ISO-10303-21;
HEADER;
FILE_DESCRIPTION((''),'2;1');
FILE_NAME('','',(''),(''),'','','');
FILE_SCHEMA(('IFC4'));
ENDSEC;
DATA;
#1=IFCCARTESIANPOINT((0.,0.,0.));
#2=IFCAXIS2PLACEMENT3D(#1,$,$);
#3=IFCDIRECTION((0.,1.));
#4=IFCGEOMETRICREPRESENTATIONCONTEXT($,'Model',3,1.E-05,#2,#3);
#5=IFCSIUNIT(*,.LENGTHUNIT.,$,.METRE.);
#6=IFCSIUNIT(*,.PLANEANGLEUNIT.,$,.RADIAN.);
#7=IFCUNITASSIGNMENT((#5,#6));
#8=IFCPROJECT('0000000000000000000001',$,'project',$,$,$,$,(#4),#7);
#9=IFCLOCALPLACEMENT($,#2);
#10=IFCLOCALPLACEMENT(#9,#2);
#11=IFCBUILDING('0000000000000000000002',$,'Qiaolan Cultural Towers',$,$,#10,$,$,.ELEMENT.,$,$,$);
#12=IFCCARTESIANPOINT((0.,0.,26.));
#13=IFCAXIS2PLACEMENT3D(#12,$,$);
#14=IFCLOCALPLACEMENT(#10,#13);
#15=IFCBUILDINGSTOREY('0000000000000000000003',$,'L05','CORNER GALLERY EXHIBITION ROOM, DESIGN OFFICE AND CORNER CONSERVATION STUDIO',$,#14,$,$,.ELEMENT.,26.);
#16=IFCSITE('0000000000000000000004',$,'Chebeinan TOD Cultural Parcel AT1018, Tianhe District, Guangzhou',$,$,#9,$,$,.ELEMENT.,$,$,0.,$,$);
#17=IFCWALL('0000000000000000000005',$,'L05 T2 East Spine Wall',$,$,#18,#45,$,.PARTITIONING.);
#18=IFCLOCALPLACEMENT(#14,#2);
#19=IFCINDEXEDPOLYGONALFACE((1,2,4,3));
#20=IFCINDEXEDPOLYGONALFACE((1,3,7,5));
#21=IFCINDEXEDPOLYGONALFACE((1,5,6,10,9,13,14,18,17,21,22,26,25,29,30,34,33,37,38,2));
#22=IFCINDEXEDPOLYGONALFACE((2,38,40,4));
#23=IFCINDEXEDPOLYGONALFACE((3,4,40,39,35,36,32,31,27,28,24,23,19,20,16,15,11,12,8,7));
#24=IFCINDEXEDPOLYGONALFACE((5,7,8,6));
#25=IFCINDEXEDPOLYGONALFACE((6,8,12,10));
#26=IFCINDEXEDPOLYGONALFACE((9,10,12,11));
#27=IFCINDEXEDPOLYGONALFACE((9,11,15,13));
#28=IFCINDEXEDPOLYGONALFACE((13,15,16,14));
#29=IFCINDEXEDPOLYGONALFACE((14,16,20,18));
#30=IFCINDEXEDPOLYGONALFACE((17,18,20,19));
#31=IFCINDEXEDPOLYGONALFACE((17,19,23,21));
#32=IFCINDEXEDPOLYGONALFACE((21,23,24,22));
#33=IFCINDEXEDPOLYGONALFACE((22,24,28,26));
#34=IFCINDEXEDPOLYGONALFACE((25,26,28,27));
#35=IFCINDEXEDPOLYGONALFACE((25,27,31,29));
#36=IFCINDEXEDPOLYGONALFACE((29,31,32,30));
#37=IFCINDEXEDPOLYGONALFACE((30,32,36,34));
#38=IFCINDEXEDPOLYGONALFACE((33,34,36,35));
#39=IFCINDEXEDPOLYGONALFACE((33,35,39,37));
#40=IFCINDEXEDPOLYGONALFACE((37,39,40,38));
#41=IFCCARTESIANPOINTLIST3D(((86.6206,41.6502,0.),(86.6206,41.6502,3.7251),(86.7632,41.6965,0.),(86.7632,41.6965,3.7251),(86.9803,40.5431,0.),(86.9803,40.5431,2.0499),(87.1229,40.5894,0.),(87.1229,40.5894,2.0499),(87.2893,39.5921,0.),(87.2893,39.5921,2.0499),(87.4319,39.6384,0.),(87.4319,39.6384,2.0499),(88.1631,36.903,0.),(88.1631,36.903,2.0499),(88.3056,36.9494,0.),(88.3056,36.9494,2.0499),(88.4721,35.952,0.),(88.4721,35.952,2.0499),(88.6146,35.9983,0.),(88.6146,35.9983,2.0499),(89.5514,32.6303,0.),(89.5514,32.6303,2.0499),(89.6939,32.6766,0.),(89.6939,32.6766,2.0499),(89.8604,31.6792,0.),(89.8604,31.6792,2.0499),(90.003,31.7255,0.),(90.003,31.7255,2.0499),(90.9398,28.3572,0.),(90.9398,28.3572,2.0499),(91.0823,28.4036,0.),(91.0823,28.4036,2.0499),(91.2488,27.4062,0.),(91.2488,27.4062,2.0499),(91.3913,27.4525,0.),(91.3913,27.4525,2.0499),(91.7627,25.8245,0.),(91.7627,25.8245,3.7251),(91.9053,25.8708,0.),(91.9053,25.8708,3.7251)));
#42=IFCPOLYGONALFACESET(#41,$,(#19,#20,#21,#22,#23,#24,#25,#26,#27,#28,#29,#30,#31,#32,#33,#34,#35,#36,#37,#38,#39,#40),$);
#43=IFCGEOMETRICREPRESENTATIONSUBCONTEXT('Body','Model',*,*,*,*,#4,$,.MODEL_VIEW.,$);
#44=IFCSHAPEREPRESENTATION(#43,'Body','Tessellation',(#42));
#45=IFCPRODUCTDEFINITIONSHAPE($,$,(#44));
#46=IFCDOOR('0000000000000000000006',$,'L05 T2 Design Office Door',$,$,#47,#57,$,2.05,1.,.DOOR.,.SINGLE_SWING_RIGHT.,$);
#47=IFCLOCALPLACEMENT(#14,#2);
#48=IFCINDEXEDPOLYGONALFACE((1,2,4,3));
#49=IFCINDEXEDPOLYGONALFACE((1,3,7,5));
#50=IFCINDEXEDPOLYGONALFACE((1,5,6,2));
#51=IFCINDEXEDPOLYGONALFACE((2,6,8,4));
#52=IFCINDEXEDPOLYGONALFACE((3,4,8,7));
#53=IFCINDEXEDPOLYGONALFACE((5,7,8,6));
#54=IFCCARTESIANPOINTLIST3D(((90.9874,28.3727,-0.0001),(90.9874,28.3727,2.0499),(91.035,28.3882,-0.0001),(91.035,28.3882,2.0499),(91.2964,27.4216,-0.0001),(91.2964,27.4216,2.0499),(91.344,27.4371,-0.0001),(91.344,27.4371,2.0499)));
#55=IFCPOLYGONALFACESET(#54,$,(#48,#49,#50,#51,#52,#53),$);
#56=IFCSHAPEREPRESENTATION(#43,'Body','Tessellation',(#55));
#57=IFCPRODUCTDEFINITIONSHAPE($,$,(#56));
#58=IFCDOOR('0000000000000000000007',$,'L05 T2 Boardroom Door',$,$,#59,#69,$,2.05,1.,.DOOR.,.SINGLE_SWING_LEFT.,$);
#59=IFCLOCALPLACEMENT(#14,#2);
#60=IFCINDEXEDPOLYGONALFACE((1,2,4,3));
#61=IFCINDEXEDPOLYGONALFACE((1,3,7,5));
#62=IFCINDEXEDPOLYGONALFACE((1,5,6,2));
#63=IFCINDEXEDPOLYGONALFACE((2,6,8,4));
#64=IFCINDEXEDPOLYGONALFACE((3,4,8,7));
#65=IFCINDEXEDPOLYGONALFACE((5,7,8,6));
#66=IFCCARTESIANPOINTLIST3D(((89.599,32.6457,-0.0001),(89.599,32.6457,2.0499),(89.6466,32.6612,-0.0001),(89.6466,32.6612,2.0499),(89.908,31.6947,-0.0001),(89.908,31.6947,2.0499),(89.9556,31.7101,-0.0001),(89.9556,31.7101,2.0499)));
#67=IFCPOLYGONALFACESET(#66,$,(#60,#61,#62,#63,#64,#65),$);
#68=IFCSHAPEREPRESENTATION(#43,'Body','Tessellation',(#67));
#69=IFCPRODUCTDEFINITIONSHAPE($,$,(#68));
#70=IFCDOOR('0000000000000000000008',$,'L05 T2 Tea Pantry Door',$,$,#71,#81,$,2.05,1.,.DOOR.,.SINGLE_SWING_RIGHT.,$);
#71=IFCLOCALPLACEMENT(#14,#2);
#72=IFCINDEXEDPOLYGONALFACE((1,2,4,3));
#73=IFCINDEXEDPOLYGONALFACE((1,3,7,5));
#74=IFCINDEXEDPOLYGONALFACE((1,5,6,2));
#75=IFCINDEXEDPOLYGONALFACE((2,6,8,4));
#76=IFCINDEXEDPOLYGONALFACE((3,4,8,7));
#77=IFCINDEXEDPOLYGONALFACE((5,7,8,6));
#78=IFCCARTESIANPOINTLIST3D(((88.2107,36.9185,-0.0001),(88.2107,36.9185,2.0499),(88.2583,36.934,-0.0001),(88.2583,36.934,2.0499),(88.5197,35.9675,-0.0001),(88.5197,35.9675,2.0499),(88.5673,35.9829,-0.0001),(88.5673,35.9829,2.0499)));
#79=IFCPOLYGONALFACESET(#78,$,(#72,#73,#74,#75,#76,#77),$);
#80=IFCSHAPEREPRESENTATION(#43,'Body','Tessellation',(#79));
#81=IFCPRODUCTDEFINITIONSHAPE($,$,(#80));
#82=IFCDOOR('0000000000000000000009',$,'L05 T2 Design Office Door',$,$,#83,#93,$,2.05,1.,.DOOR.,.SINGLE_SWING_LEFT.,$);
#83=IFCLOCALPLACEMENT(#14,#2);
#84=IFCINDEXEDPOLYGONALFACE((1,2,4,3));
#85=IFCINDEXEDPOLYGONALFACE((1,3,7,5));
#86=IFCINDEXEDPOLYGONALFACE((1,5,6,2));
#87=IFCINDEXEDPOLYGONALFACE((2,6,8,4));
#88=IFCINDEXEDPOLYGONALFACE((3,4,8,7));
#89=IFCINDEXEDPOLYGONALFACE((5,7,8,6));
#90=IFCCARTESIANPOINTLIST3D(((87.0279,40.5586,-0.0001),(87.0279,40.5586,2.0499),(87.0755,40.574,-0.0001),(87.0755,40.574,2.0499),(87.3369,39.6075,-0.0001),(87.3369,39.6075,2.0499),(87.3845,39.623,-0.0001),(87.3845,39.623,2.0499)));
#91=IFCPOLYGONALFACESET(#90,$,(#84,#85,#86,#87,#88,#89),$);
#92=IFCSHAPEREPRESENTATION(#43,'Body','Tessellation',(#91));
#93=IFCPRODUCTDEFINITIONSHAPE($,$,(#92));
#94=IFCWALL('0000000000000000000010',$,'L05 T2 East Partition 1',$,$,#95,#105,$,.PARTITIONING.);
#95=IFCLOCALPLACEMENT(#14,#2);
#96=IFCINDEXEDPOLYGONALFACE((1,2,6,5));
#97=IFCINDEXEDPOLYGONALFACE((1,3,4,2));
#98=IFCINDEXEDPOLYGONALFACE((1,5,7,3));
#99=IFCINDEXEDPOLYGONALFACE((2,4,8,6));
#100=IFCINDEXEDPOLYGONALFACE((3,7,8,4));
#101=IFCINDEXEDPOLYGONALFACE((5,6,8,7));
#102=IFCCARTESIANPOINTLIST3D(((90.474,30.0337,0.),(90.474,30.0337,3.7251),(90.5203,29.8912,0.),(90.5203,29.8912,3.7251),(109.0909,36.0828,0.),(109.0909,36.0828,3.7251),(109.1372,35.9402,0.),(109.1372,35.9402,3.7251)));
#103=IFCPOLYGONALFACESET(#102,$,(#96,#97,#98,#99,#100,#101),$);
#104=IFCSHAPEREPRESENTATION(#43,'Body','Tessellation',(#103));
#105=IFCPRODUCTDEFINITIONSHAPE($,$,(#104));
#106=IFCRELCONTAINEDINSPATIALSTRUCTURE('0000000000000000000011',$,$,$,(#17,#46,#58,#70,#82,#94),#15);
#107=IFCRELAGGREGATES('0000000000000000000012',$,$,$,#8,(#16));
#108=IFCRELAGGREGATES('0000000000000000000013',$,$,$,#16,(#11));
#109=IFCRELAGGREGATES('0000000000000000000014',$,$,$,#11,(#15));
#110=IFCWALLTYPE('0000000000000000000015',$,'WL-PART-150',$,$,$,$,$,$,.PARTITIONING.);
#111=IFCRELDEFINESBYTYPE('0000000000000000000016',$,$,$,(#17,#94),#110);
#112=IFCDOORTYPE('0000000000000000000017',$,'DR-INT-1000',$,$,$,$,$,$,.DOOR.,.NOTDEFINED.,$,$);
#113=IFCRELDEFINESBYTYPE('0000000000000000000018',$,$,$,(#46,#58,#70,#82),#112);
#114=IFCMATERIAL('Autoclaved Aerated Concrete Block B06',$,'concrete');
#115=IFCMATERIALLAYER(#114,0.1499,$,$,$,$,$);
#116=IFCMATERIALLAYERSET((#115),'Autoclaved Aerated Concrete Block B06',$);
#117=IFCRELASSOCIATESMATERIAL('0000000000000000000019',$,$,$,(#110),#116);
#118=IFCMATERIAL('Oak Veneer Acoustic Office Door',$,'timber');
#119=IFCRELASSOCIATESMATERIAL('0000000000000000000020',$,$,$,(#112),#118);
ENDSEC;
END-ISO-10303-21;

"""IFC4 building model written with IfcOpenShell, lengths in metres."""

from ifc_helpers import new_model, si_unit, direction, frame, frame_2d, origin, place, context, subcontext, project, spatial, rectangle, extrude, material, layer, layer_set, type_object, element, fill, save


model = new_model("IFC4")

# Units and contexts
model_context = context("Model", 3, precision=1e-05, world=origin(), true_north=direction((0.0, 1.0)))
body_context = subcontext(model_context, "Body", "Model", "MODEL_VIEW")
ifc_project = project(units=[si_unit("LENGTHUNIT", "METRE"), si_unit("PLANEANGLEUNIT", "RADIAN")], contexts=[model_context])

# Site, building, storey
site_placement = place(None, origin())
site = spatial("IfcSite", under=ifc_project, at=site_placement, Name="Chebeinan TOD Cultural Parcel AT1018, Tianhe District, Guangzhou", CompositionType="ELEMENT", RefElevation=0.0)
building_placement = place(site_placement, origin())
building = spatial("IfcBuilding", under=site, at=building_placement, Name="Qiaolan Cultural Towers", CompositionType="ELEMENT")
storey_placement = place(building_placement, frame((0.0, 0.0, 26.0)))
storey = spatial("IfcBuildingStorey", under=building, at=storey_placement, Name="L05", Description="CORNER GALLERY EXHIBITION ROOM, DESIGN OFFICE AND CORNER CONSERVATION STUDIO", CompositionType="ELEMENT", Elevation=26.0)

# Shared definitions
ifc_material_1 = material(Name="Autoclaved Aerated Concrete Block B06", Category="concrete")
ifc_layer_1 = layer(ifc_material_1, 0.1499)
ifc_layer_set_1 = layer_set([ifc_layer_1], Name="Autoclaved Aerated Concrete Block B06")
wall_type_1 = type_object("IfcWallType", Name="WL-PART-150", PredefinedType="PARTITIONING", material=ifc_layer_set_1)

# Shared definitions
ifc_material_2 = material(Name="Oak Veneer Acoustic Office Door", Category="timber")
door_type_1 = type_object("IfcDoorType", Name="DR-INT-1000", OperationType="NOTDEFINED", PredefinedType="DOOR", material=ifc_material_2)

# Wall, openings, doors
wall_1_placement = place(storey_placement, frame((91.834, 25.8477, 0.0), z_axis=(0.0, 0.0, 1.0), x_axis=(-0.309018, 0.951056, 0.0)))
wall_1 = element("IfcWall", 1, at=wall_1_placement, inside=storey, type_object=wall_type_1, Name="L05 T2 East Spine Wall", PredefinedType="PARTITIONING", context=body_context, shape_type="SweptSolid", body=[
    extrude(rectangle(XDim=16.6401, YDim=0.1499, at=frame_2d((8.3201, 0.0))), origin(), (0.0, 0.0, 1.0), 3.7251),
])
opening_1_placement = place(wall_1_placement, frame((1.6631, 0.0, 0.0)))
opening_1 = element("IfcOpeningElement", 2, at=opening_1_placement, cuts=wall_1, PredefinedType="OPENING", context=body_context, shape_type="SweptSolid", body=[
    extrude(rectangle(XDim=1.0, YDim=2.05, at=frame_2d((0.5, 1.0249))), frame((0.0, 0.085, 0.0), z_axis=(0.0, -1.0, 0.0), x_axis=(1.0, 0.0, 0.0)), (0.0, 0.0, 1.0), 0.1699),
])
opening_2_placement = place(wall_1_placement, frame((6.156, 0.0, 0.0)))
opening_2 = element("IfcOpeningElement", 3, at=opening_2_placement, cuts=wall_1, PredefinedType="OPENING", context=body_context, shape_type="SweptSolid", body=[
    extrude(rectangle(XDim=1.0, YDim=2.05, at=frame_2d((0.5, 1.0249))), frame((0.0, 0.085, 0.0), z_axis=(0.0, -1.0, 0.0), x_axis=(1.0, 0.0, 0.0)), (0.0, 0.0, 1.0), 0.1699),
])
opening_3_placement = place(wall_1_placement, frame((10.6487, 0.0, 0.0)))
opening_3 = element("IfcOpeningElement", 4, at=opening_3_placement, cuts=wall_1, PredefinedType="OPENING", context=body_context, shape_type="SweptSolid", body=[
    extrude(rectangle(XDim=1.0, YDim=2.05, at=frame_2d((0.5, 1.0249))), frame((0.0, 0.085, 0.0), z_axis=(0.0, -1.0, 0.0), x_axis=(1.0, 0.0, 0.0)), (0.0, 0.0, 1.0), 0.1699),
])
opening_4_placement = place(wall_1_placement, frame((14.4761, 0.0, 0.0)))
opening_4 = element("IfcOpeningElement", 5, at=opening_4_placement, cuts=wall_1, PredefinedType="OPENING", context=body_context, shape_type="SweptSolid", body=[
    extrude(rectangle(XDim=1.0, YDim=2.05, at=frame_2d((0.5, 1.0249))), frame((0.0, 0.085, 0.0), z_axis=(0.0, -1.0, 0.0), x_axis=(1.0, 0.0, 0.0)), (0.0, 0.0, 1.0), 0.1699),
])
door_1_placement = place(opening_1_placement, origin())
door_1 = element("IfcDoor", 6, at=door_1_placement, inside=storey, type_object=door_type_1, Name="L05 T2 Design Office Door", OperationType="SINGLE_SWING_RIGHT", OverallHeight=2.05, OverallWidth=1.0, PredefinedType="DOOR", context=body_context, shape_type="SweptSolid", body=[
    extrude(rectangle(XDim=1.0, YDim=2.05, at=frame_2d((0.5, 1.0249))), frame((0.0, 0.0249, 0.0), z_axis=(0.0, -1.0, 0.0), x_axis=(1.0, 0.0, 0.0)), (0.0, 0.0, 1.0), 0.05),
])
fill(opening_1, door_1)
door_2_placement = place(opening_2_placement, origin())
door_2 = element("IfcDoor", 7, at=door_2_placement, inside=storey, type_object=door_type_1, Name="L05 T2 Boardroom Door", OperationType="SINGLE_SWING_LEFT", OverallHeight=2.05, OverallWidth=1.0, PredefinedType="DOOR", context=body_context, shape_type="SweptSolid", body=[
    extrude(rectangle(XDim=1.0, YDim=2.05, at=frame_2d((0.5, 1.0249))), frame((0.0, 0.0249, 0.0), z_axis=(0.0, -1.0, 0.0), x_axis=(1.0, 0.0, 0.0)), (0.0, 0.0, 1.0), 0.05),
])
fill(opening_2, door_2)
door_3_placement = place(opening_3_placement, origin())
door_3 = element("IfcDoor", 8, at=door_3_placement, inside=storey, type_object=door_type_1, Name="L05 T2 Tea Pantry Door", OperationType="SINGLE_SWING_RIGHT", OverallHeight=2.05, OverallWidth=1.0, PredefinedType="DOOR", context=body_context, shape_type="SweptSolid", body=[
    extrude(rectangle(XDim=1.0, YDim=2.05, at=frame_2d((0.5, 1.0249))), frame((0.0, 0.0249, 0.0), z_axis=(0.0, -1.0, 0.0), x_axis=(1.0, 0.0, 0.0)), (0.0, 0.0, 1.0), 0.05),
])
fill(opening_3, door_3)
door_4_placement = place(opening_4_placement, origin())
door_4 = element("IfcDoor", 9, at=door_4_placement, inside=storey, type_object=door_type_1, Name="L05 T2 Design Office Door", OperationType="SINGLE_SWING_LEFT", OverallHeight=2.05, OverallWidth=1.0, PredefinedType="DOOR", context=body_context, shape_type="SweptSolid", body=[
    extrude(rectangle(XDim=1.0, YDim=2.05, at=frame_2d((0.5, 1.0249))), frame((0.0, 0.0249, 0.0), z_axis=(0.0, -1.0, 0.0), x_axis=(1.0, 0.0, 0.0)), (0.0, 0.0, 1.0), 0.05),
])
fill(opening_4, door_4)

# Wall
wall_2_placement = place(storey_placement, frame((90.4971, 29.9624, 0.0), z_axis=(0.0, 0.0, 1.0), x_axis=(0.951056, 0.30902, 0.0)))
element("IfcWall", 10, at=wall_2_placement, inside=storey, type_object=wall_type_1, Name="L05 T2 East Partition 1", PredefinedType="PARTITIONING", context=body_context, shape_type="SweptSolid", body=[
    extrude(rectangle(XDim=19.575, YDim=0.1499, at=frame_2d((9.7876, 0.0))), origin(), (0.0, 0.0, 1.0), 3.7251),
])

save(model, "model.ifc")
